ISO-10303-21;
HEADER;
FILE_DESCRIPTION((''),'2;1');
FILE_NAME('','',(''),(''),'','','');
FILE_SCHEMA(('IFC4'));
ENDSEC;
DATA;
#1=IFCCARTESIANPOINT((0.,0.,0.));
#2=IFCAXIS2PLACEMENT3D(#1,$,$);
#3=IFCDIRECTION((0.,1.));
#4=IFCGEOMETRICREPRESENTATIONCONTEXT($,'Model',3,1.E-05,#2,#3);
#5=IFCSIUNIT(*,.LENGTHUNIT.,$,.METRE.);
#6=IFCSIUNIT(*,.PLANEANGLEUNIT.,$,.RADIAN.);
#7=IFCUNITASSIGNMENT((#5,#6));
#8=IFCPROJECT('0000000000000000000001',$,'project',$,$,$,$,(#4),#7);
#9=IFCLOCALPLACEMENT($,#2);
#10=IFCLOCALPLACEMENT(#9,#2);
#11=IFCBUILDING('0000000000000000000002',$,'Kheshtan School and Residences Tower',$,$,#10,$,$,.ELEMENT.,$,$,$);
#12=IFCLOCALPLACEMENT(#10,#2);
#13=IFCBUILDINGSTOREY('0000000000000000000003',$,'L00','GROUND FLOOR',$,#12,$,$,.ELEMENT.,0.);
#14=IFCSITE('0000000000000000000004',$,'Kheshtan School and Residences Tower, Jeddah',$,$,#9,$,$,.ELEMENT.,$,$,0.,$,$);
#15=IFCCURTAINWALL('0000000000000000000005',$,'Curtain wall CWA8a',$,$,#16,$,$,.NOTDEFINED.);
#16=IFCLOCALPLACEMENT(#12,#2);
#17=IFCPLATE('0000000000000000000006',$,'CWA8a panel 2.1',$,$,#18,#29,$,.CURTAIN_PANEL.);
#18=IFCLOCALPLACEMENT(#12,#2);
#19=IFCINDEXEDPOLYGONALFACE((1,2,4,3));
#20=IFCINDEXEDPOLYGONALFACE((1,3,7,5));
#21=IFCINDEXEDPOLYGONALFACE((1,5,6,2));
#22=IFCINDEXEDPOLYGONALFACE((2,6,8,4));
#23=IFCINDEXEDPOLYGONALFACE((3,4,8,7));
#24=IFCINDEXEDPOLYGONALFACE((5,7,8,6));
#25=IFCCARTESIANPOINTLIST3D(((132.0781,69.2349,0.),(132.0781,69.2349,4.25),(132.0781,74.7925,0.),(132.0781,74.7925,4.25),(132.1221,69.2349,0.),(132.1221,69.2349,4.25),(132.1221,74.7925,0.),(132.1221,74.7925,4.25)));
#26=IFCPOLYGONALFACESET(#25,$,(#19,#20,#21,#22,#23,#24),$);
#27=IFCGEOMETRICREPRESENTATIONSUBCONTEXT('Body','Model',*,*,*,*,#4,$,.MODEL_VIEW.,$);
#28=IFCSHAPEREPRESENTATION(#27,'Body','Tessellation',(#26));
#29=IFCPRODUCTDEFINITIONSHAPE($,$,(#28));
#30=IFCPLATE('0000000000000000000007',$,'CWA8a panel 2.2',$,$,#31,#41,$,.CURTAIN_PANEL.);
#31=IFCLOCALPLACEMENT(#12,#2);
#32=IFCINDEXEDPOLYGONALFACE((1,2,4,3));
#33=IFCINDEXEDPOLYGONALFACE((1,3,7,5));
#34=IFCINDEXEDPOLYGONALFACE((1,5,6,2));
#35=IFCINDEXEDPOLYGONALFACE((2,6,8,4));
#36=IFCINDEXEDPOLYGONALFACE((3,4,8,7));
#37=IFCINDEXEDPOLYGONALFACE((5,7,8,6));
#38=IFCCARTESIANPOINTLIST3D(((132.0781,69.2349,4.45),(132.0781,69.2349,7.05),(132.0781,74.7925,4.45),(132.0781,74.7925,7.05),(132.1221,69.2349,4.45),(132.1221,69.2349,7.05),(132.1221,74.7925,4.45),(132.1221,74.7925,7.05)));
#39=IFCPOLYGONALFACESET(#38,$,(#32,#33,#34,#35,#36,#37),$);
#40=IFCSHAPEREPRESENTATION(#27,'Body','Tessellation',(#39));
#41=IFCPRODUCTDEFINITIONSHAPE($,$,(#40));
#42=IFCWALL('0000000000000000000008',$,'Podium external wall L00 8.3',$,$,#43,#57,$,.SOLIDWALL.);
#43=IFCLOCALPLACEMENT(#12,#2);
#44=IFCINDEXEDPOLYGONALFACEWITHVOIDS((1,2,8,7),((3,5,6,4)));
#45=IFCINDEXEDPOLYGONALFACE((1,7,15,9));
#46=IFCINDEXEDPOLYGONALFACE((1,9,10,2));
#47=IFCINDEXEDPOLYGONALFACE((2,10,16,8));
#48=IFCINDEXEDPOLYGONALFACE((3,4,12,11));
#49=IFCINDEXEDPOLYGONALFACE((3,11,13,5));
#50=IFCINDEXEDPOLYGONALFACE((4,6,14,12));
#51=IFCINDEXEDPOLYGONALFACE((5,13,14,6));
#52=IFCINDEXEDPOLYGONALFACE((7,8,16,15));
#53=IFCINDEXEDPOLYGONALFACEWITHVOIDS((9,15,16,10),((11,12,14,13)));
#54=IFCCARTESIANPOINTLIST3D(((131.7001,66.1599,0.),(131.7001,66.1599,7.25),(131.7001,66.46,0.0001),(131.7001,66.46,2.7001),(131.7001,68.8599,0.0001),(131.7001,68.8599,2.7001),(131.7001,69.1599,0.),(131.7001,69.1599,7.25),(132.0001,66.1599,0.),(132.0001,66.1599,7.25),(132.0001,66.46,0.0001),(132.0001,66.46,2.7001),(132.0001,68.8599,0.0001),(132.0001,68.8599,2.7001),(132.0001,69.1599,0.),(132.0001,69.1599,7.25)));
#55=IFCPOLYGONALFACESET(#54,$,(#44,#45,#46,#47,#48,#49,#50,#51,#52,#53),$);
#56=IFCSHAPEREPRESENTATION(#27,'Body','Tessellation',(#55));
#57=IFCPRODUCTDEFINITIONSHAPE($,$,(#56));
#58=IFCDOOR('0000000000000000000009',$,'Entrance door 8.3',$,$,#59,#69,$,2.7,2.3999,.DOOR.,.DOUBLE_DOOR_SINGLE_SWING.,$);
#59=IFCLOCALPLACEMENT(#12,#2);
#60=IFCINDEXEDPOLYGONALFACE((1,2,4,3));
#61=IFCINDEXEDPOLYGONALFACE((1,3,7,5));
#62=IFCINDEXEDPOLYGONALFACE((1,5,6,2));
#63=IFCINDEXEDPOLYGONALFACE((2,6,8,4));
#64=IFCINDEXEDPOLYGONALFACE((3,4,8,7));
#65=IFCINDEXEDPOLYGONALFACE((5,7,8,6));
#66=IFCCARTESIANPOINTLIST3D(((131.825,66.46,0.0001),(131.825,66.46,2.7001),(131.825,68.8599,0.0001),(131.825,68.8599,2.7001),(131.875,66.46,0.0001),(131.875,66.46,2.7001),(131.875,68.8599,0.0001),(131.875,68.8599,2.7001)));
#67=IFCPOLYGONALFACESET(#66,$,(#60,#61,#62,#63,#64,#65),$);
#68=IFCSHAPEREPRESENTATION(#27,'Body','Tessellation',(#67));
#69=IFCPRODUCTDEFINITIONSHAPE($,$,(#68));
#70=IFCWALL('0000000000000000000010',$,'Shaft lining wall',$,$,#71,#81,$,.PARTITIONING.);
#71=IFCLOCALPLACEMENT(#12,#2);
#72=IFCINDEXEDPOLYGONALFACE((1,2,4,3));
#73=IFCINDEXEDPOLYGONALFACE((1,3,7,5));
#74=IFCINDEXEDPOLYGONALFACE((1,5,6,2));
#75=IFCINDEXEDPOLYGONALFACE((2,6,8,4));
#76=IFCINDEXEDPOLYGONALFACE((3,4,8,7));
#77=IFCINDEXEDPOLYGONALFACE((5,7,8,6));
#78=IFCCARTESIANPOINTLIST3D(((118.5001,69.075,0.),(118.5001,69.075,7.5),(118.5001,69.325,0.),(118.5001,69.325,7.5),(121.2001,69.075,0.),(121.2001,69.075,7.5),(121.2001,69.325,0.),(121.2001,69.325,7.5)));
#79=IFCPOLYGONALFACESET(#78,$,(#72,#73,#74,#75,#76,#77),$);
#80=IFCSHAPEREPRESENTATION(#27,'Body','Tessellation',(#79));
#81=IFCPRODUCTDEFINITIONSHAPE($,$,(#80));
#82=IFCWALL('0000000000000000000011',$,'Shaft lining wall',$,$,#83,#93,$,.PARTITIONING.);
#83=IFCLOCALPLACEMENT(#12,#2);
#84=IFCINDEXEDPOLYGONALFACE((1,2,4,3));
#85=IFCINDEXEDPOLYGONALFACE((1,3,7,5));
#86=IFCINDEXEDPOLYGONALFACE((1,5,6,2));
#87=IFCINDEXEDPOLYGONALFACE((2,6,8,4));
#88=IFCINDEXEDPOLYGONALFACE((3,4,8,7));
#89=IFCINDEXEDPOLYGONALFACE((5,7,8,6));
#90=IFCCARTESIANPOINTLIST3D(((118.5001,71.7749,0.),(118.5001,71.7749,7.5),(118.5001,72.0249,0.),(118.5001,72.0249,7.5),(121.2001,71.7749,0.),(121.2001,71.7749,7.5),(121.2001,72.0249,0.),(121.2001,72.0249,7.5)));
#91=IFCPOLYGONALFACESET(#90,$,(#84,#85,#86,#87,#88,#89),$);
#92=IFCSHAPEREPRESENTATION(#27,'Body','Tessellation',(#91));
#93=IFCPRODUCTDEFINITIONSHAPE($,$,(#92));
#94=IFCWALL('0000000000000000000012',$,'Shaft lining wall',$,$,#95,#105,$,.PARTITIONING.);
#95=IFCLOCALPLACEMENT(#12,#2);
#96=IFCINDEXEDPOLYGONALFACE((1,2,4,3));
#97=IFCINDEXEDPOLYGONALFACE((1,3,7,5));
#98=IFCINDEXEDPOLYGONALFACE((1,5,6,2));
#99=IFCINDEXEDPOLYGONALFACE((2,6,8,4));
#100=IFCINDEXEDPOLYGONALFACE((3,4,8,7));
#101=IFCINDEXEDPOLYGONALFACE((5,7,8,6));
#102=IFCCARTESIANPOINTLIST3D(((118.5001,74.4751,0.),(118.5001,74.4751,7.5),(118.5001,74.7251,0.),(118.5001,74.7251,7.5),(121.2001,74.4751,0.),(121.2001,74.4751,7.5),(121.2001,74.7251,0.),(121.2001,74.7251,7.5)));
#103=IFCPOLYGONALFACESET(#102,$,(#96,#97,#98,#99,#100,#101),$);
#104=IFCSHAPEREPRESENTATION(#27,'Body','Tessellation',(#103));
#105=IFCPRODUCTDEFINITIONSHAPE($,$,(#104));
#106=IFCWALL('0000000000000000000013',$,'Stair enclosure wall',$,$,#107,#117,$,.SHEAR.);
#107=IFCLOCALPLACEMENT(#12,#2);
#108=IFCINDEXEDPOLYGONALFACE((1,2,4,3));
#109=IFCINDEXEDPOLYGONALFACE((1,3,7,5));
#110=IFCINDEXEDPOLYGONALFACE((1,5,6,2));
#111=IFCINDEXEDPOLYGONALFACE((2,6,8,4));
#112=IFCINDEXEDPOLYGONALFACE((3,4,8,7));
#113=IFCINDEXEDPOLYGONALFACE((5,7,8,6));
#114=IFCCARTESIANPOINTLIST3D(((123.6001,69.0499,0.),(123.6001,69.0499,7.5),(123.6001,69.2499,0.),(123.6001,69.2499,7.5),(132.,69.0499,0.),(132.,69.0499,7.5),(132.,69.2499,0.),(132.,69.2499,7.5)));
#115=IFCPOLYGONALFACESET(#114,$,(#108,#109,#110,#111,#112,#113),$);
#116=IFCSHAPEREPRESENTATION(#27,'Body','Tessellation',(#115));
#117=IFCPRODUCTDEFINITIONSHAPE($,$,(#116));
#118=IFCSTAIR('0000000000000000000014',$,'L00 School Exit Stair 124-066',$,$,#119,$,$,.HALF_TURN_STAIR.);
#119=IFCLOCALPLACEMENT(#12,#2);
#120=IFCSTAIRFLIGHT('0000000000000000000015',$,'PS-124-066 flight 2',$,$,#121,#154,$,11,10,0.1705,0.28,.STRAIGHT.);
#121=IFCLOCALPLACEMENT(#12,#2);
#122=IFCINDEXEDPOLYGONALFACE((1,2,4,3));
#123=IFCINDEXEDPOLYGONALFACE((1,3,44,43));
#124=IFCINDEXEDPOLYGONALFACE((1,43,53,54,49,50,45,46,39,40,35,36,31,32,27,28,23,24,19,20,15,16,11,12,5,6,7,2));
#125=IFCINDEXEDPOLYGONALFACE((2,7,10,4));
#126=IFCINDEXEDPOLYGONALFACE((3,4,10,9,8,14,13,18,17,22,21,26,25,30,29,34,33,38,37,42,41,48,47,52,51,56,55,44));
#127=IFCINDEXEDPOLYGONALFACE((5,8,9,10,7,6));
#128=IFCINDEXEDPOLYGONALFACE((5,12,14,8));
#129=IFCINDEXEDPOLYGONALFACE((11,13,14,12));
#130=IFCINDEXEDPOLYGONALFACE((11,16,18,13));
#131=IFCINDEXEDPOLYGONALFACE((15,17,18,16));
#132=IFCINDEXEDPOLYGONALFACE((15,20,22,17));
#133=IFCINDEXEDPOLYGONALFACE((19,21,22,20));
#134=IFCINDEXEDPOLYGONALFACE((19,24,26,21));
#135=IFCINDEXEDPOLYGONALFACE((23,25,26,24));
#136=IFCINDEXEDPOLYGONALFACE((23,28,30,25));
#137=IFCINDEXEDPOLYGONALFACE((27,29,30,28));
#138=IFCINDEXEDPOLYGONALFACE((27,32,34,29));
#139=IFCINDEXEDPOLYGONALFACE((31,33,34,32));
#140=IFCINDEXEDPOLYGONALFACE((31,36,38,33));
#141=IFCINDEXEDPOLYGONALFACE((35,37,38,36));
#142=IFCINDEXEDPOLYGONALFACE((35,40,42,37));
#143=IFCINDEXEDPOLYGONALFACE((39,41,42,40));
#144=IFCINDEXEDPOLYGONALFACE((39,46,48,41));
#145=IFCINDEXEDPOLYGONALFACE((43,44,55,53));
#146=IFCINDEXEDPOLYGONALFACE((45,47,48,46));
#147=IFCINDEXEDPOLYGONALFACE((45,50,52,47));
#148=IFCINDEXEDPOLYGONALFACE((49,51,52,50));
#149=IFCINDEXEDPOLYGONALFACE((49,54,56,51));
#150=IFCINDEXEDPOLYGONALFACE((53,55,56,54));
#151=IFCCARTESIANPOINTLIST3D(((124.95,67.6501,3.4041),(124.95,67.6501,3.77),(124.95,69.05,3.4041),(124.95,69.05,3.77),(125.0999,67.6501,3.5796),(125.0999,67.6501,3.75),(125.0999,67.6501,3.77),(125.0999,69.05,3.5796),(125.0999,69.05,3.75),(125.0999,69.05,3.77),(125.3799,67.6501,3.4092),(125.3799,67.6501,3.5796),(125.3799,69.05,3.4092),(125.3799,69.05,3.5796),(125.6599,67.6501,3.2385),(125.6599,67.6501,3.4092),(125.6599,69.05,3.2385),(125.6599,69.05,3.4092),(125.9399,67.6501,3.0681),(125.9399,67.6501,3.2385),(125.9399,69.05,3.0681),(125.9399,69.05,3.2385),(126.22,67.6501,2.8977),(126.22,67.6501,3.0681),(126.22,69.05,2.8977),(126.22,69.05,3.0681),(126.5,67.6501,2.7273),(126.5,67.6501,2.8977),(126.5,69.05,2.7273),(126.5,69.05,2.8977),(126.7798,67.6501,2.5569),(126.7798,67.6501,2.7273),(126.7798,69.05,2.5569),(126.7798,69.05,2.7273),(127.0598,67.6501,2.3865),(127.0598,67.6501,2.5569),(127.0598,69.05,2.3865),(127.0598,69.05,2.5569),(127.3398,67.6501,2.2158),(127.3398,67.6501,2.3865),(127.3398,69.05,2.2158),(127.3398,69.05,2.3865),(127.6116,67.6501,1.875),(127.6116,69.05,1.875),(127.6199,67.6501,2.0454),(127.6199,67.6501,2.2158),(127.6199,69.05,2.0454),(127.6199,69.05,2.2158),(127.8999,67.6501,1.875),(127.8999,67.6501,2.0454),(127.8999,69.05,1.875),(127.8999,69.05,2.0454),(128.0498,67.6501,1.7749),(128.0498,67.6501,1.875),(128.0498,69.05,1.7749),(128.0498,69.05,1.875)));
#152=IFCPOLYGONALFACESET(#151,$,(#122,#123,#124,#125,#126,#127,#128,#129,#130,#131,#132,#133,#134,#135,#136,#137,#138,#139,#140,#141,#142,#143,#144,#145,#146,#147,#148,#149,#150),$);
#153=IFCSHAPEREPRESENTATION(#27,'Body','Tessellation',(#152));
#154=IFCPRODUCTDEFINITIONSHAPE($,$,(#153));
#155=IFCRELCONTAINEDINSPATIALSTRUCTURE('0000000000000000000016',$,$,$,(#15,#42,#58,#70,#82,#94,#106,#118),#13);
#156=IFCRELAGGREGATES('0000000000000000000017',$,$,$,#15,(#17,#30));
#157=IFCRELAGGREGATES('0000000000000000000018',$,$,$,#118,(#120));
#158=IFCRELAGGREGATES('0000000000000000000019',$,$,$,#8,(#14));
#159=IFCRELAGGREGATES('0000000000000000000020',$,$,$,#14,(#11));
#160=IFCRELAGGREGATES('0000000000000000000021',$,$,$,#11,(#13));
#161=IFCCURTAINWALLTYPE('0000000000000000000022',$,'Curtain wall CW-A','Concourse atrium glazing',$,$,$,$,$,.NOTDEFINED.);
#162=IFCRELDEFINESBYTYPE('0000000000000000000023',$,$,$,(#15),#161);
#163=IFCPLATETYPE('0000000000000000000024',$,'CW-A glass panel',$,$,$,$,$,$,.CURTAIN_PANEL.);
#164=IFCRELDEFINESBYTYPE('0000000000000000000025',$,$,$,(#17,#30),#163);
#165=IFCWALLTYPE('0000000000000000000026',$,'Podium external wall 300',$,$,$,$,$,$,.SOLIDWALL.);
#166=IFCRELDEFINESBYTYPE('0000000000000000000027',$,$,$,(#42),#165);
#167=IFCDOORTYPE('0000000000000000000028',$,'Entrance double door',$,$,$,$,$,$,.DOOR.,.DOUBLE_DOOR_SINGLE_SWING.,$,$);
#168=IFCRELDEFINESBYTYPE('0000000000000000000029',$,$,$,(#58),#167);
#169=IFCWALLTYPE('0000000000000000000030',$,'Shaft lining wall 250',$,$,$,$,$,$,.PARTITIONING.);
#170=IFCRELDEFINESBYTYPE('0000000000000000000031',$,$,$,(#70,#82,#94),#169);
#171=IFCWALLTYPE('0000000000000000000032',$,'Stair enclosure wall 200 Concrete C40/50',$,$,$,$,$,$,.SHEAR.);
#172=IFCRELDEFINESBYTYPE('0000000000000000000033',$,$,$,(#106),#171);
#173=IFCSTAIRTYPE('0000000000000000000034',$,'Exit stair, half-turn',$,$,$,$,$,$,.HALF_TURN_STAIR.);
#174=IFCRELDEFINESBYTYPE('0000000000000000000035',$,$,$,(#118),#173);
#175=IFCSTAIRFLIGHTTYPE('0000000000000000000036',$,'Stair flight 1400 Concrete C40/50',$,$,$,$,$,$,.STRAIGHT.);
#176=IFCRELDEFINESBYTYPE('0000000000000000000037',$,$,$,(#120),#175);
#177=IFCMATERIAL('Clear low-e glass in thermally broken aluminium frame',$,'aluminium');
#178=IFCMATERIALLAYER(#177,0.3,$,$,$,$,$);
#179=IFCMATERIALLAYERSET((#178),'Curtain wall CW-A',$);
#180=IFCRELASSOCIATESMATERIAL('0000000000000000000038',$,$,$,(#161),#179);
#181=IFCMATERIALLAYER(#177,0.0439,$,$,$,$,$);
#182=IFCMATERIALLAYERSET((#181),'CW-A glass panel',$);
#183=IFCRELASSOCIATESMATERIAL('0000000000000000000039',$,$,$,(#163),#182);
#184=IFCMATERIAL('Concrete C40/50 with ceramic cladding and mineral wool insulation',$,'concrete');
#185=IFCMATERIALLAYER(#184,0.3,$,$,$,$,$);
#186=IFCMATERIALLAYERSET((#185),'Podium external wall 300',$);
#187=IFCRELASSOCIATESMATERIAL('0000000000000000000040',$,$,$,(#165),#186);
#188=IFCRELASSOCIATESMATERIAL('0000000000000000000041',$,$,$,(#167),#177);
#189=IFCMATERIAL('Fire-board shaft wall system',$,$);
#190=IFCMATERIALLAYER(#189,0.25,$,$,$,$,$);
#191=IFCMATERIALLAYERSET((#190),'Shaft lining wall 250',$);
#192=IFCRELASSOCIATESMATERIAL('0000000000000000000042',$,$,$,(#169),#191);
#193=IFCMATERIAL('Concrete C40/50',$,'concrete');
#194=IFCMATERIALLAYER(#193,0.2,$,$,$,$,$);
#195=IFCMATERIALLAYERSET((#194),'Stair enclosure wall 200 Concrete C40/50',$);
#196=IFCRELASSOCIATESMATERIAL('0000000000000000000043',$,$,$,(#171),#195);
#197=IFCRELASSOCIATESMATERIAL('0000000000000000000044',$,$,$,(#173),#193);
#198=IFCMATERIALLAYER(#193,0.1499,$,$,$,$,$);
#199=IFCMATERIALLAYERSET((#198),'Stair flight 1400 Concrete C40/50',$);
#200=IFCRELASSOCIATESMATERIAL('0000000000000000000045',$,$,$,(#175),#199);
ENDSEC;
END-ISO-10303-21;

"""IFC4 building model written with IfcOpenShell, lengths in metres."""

from ifc_helpers import new_model, si_unit, direction, frame, frame_2d, origin, origin_2d, place, context, subcontext, project, spatial, polyline, rectangle, outline, extrude, source, transform, mapped, material, layer, layer_set, type_object, element, fill, aggregate, save


model = new_model("IFC4")

# Units and contexts
model_context = context("Model", 3, precision=1e-05, world=origin(), true_north=direction((0.0, 1.0)))
body_context = subcontext(model_context, "Body", "Model", "MODEL_VIEW")
ifc_project = project(units=[si_unit("LENGTHUNIT", "METRE"), si_unit("PLANEANGLEUNIT", "RADIAN")], contexts=[model_context])

# Site, building, storey
site_placement = place(None, origin())
site = spatial("IfcSite", under=ifc_project, at=site_placement, Name="Kheshtan School and Residences Tower, Jeddah", CompositionType="ELEMENT", RefElevation=0.0)
building_placement = place(site_placement, origin())
building = spatial("IfcBuilding", under=site, at=building_placement, Name="Kheshtan School and Residences Tower", CompositionType="ELEMENT")
storey_placement = place(building_placement, origin())
storey = spatial("IfcBuildingStorey", under=building, at=storey_placement, Name="L00", Description="GROUND FLOOR", CompositionType="ELEMENT", Elevation=0.0)

# Curtain wall, plates
ifc_material_1 = material(Name="Clear low-e glass in thermally broken aluminium frame", Category="aluminium")
ifc_layer_1 = layer(ifc_material_1, 0.3)
ifc_layer_set_1 = layer_set([ifc_layer_1], Name="Curtain wall CW-A")
curtain_wall_type = type_object("IfcCurtainWallType", Name="Curtain wall CW-A", Description="Concourse atrium glazing", PredefinedType="NOTDEFINED", material=ifc_layer_set_1)
curtain_wall_placement = place(storey_placement, origin())
curtain_wall = element("IfcCurtainWall", 1, at=curtain_wall_placement, inside=storey, type_object=curtain_wall_type, Name="Curtain wall CWA8a", PredefinedType="NOTDEFINED")
ifc_layer_2 = layer(ifc_material_1, 0.0439)
ifc_layer_set_2 = layer_set([ifc_layer_2], Name="CW-A glass panel")
plate_type = type_object("IfcPlateType", Name="CW-A glass panel", PredefinedType="CURTAIN_PANEL", material=ifc_layer_set_2)
plate_1_placement = place(storey_placement, frame((132.1001, 72.0137, 0.0), z_axis=(0.0, 0.0, 1.0), x_axis=(0.0, -1.0, 0.0)))
plate_1 = element("IfcPlate", 2, at=plate_1_placement, type_object=plate_type, Name="CWA8a panel 2.1", PredefinedType="CURTAIN_PANEL", context=body_context, shape_type="SweptSolid", body=[
    extrude(rectangle(XDim=5.5576, YDim=0.0439, at=origin_2d()), origin(), (0.0, 0.0, 1.0), 4.25),
])
plate_2_placement = place(storey_placement, frame((132.1001, 72.0137, 4.45), z_axis=(0.0, 0.0, 1.0), x_axis=(0.0, -1.0, 0.0)))
plate_2 = element("IfcPlate", 3, at=plate_2_placement, type_object=plate_type, Name="CWA8a panel 2.2", PredefinedType="CURTAIN_PANEL", context=body_context, shape_type="SweptSolid", body=[
    extrude(rectangle(XDim=5.5576, YDim=0.0439, at=origin_2d()), origin(), (0.0, 0.0, 1.0), 2.6001),
])
aggregate(curtain_wall, [plate_1, plate_2])

# Wall, opening, door
ifc_material_2 = material(Name="Concrete C40/50 with ceramic cladding and mineral wool insulation", Category="concrete")
ifc_layer_3 = layer(ifc_material_2, 0.3)
ifc_layer_set_3 = layer_set([ifc_layer_3], Name="Podium external wall 300")
wall_type_1 = type_object("IfcWallType", Name="Podium external wall 300", PredefinedType="SOLIDWALL", material=ifc_layer_set_3)
wall_1_placement = place(storey_placement, frame((131.8501, 69.1599, 0.0), z_axis=(0.0, 0.0, 1.0), x_axis=(0.0, -1.0, 0.0)))
wall_1 = element("IfcWall", 4, at=wall_1_placement, inside=storey, type_object=wall_type_1, Name="Podium external wall L00 8.3", PredefinedType="SOLIDWALL", context=body_context, shape_type="SweptSolid", body=[
    extrude(rectangle(XDim=3.0, YDim=0.3, at=frame_2d((1.5, 0.0))), origin(), (0.0, 0.0, 1.0), 7.25),
])
opening_placement = place(wall_1_placement, frame((0.3, 0.0, 0.0)))
opening = element("IfcOpeningElement", 5, at=opening_placement, cuts=wall_1, PredefinedType="OPENING", context=body_context, shape_type="SweptSolid", body=[
    extrude(rectangle(XDim=2.3999, YDim=2.7, at=frame_2d((1.2, 1.3501))), frame((0.0, 0.1602, 0.0), z_axis=(0.0, -1.0, 0.0), x_axis=(1.0, 0.0, 0.0)), (0.0, 0.0, 1.0), 0.3201),
])
door_type = type_object("IfcDoorType", Name="Entrance double door", OperationType="DOUBLE_DOOR_SINGLE_SWING", PredefinedType="DOOR", material=ifc_material_1)
shared_shape = source(origin(), body_context, "Body", "SweptSolid", [
    extrude(rectangle(XDim=2.3999, YDim=2.7, at=frame_2d((1.2, 1.3501))), frame((0.0, 0.0249, 0.0), z_axis=(0.0, -1.0, 0.0), x_axis=(1.0, 0.0, 0.0)), (0.0, 0.0, 1.0), 0.05),
])
door_placement = place(opening_placement, origin())
door = element("IfcDoor", 6, at=door_placement, inside=storey, type_object=door_type, Name="Entrance door 8.3", OperationType="DOUBLE_DOOR_SINGLE_SWING", OverallHeight=2.7, OverallWidth=2.3999, PredefinedType="DOOR", context=body_context, shape_type="MappedRepresentation", body=[
    mapped(shared_shape, transform((0.0, 0.0, 0.0), x_axis=(1.0, 0.0, 0.0), y_axis=(0.0, 1.0, 0.0), z_axis=(0.0, 0.0, 1.0), scale=1.0)),
])
fill(opening, door)

# Walls
ifc_material_3 = material(Name="Fire-board shaft wall system")
ifc_layer_4 = layer(ifc_material_3, 0.25)
ifc_layer_set_4 = layer_set([ifc_layer_4], Name="Shaft lining wall 250")
wall_type_2 = type_object("IfcWallType", Name="Shaft lining wall 250", PredefinedType="PARTITIONING", material=ifc_layer_set_4)
for number, where, z_axis, x_axis, name in (
    (7, (118.5, 69.2, 0.0), (0.0, 0.0, 1.0), (1.0, 0.0, 0.0), "Shaft lining wall"),
    (8, (118.5, 71.8999, 0.0), (0.0, 0.0, 1.0), (1.0, 0.0, 0.0), "Shaft lining wall"),
    (9, (118.5, 74.6001, 0.0), (0.0, 0.0, 1.0), (1.0, 0.0, 0.0), "Shaft lining wall"),
):
    element("IfcWall", number, at=place(storey_placement, frame(where, z_axis=z_axis, x_axis=x_axis)), inside=storey, type_object=wall_type_2, Name=name, PredefinedType="PARTITIONING", context=body_context, shape_type="SweptSolid", body=[
        extrude(rectangle(XDim=2.7, YDim=0.25, at=frame_2d((1.3501, 0.0))), origin(), (0.0, 0.0, 1.0), 7.5),
    ])
ifc_material_4 = material(Name="Concrete C40/50", Category="concrete")
ifc_layer_5 = layer(ifc_material_4, 0.2)
ifc_layer_set_5 = layer_set([ifc_layer_5], Name="Stair enclosure wall 200 Concrete C40/50")
wall_type_3 = type_object("IfcWallType", Name="Stair enclosure wall 200 Concrete C40/50", PredefinedType="SHEAR", material=ifc_layer_set_5)
wall_2_placement = place(storey_placement, frame((123.6001, 69.1499, 0.0), z_axis=(0.0, 0.0, 1.0), x_axis=(1.0, 0.0, 0.0)))
element("IfcWall", 10, at=wall_2_placement, inside=storey, type_object=wall_type_3, Name="Stair enclosure wall", PredefinedType="SHEAR", context=body_context, shape_type="SweptSolid", body=[
    extrude(rectangle(XDim=8.3999, YDim=0.2, at=frame_2d((4.2, 0.0))), origin(), (0.0, 0.0, 1.0), 7.5),
])

# Stair, stair flight
stair_type = type_object("IfcStairType", Name="Exit stair, half-turn", PredefinedType="HALF_TURN_STAIR", material=ifc_material_4)
stair_placement = place(storey_placement, origin())
stair = element("IfcStair", 11, at=stair_placement, inside=storey, type_object=stair_type, Name="L00 School Exit Stair 124-066", PredefinedType="HALF_TURN_STAIR")
ifc_layer_6 = layer(ifc_material_4, 0.1499)
ifc_layer_set_6 = layer_set([ifc_layer_6], Name="Stair flight 1400 Concrete C40/50")
stair_flight_type = type_object("IfcStairFlightType", Name="Stair flight 1400 Concrete C40/50", PredefinedType="STRAIGHT", material=ifc_layer_set_6)
stair_flight_1_placement = place(storey_placement, frame((127.8999, 68.3501, 1.875), z_axis=(0.0, 0.0, 1.0), x_axis=(-1.0, 0.0, 0.0)))
stair_flight_1 = element("IfcStairFlight", 12, at=stair_flight_1_placement, type_object=stair_flight_type, Name="PS-124-066 flight 2", NumberOfRisers=11, NumberOfTreads=10, PredefinedType="STRAIGHT", RiserHeight=0.1705, TreadLength=0.28, context=body_context, shape_type="SweptSolid", body=[
    extrude(outline(polyline([(-0.1499, -0.1001), (-0.1499, 0.0), (0.0, 0.0), (0.0, 0.1704), (0.28, 0.1704), (0.28, 0.3408), (0.5601, 0.3408), (0.5601, 0.5115), (0.8401, 0.5115), (0.8401, 0.6819), (1.1201, 0.6819), (1.1201, 0.8523), (1.3999, 0.8523), (1.3999, 1.0227), (1.6799, 1.0227), (1.6799, 1.1931), (1.96, 1.1931), (1.96, 1.3635), (2.24, 1.3635), (2.24, 1.5342), (2.52, 1.5342), (2.52, 1.7046), (2.8, 1.7046), (2.8, 1.875), (2.8, 1.895), (2.95, 1.895), (2.95, 1.5291), (0.2883, 0.0), (-0.1499, -0.1001)])), frame((0.0, 0.7, 0.0), z_axis=(0.0, -1.0, 0.0), x_axis=(1.0, 0.0, 0.0)), (0.0, 0.0, 1.0), 1.3999),
])
aggregate(stair, [stair_flight_1])

save(model, "model.ifc")
